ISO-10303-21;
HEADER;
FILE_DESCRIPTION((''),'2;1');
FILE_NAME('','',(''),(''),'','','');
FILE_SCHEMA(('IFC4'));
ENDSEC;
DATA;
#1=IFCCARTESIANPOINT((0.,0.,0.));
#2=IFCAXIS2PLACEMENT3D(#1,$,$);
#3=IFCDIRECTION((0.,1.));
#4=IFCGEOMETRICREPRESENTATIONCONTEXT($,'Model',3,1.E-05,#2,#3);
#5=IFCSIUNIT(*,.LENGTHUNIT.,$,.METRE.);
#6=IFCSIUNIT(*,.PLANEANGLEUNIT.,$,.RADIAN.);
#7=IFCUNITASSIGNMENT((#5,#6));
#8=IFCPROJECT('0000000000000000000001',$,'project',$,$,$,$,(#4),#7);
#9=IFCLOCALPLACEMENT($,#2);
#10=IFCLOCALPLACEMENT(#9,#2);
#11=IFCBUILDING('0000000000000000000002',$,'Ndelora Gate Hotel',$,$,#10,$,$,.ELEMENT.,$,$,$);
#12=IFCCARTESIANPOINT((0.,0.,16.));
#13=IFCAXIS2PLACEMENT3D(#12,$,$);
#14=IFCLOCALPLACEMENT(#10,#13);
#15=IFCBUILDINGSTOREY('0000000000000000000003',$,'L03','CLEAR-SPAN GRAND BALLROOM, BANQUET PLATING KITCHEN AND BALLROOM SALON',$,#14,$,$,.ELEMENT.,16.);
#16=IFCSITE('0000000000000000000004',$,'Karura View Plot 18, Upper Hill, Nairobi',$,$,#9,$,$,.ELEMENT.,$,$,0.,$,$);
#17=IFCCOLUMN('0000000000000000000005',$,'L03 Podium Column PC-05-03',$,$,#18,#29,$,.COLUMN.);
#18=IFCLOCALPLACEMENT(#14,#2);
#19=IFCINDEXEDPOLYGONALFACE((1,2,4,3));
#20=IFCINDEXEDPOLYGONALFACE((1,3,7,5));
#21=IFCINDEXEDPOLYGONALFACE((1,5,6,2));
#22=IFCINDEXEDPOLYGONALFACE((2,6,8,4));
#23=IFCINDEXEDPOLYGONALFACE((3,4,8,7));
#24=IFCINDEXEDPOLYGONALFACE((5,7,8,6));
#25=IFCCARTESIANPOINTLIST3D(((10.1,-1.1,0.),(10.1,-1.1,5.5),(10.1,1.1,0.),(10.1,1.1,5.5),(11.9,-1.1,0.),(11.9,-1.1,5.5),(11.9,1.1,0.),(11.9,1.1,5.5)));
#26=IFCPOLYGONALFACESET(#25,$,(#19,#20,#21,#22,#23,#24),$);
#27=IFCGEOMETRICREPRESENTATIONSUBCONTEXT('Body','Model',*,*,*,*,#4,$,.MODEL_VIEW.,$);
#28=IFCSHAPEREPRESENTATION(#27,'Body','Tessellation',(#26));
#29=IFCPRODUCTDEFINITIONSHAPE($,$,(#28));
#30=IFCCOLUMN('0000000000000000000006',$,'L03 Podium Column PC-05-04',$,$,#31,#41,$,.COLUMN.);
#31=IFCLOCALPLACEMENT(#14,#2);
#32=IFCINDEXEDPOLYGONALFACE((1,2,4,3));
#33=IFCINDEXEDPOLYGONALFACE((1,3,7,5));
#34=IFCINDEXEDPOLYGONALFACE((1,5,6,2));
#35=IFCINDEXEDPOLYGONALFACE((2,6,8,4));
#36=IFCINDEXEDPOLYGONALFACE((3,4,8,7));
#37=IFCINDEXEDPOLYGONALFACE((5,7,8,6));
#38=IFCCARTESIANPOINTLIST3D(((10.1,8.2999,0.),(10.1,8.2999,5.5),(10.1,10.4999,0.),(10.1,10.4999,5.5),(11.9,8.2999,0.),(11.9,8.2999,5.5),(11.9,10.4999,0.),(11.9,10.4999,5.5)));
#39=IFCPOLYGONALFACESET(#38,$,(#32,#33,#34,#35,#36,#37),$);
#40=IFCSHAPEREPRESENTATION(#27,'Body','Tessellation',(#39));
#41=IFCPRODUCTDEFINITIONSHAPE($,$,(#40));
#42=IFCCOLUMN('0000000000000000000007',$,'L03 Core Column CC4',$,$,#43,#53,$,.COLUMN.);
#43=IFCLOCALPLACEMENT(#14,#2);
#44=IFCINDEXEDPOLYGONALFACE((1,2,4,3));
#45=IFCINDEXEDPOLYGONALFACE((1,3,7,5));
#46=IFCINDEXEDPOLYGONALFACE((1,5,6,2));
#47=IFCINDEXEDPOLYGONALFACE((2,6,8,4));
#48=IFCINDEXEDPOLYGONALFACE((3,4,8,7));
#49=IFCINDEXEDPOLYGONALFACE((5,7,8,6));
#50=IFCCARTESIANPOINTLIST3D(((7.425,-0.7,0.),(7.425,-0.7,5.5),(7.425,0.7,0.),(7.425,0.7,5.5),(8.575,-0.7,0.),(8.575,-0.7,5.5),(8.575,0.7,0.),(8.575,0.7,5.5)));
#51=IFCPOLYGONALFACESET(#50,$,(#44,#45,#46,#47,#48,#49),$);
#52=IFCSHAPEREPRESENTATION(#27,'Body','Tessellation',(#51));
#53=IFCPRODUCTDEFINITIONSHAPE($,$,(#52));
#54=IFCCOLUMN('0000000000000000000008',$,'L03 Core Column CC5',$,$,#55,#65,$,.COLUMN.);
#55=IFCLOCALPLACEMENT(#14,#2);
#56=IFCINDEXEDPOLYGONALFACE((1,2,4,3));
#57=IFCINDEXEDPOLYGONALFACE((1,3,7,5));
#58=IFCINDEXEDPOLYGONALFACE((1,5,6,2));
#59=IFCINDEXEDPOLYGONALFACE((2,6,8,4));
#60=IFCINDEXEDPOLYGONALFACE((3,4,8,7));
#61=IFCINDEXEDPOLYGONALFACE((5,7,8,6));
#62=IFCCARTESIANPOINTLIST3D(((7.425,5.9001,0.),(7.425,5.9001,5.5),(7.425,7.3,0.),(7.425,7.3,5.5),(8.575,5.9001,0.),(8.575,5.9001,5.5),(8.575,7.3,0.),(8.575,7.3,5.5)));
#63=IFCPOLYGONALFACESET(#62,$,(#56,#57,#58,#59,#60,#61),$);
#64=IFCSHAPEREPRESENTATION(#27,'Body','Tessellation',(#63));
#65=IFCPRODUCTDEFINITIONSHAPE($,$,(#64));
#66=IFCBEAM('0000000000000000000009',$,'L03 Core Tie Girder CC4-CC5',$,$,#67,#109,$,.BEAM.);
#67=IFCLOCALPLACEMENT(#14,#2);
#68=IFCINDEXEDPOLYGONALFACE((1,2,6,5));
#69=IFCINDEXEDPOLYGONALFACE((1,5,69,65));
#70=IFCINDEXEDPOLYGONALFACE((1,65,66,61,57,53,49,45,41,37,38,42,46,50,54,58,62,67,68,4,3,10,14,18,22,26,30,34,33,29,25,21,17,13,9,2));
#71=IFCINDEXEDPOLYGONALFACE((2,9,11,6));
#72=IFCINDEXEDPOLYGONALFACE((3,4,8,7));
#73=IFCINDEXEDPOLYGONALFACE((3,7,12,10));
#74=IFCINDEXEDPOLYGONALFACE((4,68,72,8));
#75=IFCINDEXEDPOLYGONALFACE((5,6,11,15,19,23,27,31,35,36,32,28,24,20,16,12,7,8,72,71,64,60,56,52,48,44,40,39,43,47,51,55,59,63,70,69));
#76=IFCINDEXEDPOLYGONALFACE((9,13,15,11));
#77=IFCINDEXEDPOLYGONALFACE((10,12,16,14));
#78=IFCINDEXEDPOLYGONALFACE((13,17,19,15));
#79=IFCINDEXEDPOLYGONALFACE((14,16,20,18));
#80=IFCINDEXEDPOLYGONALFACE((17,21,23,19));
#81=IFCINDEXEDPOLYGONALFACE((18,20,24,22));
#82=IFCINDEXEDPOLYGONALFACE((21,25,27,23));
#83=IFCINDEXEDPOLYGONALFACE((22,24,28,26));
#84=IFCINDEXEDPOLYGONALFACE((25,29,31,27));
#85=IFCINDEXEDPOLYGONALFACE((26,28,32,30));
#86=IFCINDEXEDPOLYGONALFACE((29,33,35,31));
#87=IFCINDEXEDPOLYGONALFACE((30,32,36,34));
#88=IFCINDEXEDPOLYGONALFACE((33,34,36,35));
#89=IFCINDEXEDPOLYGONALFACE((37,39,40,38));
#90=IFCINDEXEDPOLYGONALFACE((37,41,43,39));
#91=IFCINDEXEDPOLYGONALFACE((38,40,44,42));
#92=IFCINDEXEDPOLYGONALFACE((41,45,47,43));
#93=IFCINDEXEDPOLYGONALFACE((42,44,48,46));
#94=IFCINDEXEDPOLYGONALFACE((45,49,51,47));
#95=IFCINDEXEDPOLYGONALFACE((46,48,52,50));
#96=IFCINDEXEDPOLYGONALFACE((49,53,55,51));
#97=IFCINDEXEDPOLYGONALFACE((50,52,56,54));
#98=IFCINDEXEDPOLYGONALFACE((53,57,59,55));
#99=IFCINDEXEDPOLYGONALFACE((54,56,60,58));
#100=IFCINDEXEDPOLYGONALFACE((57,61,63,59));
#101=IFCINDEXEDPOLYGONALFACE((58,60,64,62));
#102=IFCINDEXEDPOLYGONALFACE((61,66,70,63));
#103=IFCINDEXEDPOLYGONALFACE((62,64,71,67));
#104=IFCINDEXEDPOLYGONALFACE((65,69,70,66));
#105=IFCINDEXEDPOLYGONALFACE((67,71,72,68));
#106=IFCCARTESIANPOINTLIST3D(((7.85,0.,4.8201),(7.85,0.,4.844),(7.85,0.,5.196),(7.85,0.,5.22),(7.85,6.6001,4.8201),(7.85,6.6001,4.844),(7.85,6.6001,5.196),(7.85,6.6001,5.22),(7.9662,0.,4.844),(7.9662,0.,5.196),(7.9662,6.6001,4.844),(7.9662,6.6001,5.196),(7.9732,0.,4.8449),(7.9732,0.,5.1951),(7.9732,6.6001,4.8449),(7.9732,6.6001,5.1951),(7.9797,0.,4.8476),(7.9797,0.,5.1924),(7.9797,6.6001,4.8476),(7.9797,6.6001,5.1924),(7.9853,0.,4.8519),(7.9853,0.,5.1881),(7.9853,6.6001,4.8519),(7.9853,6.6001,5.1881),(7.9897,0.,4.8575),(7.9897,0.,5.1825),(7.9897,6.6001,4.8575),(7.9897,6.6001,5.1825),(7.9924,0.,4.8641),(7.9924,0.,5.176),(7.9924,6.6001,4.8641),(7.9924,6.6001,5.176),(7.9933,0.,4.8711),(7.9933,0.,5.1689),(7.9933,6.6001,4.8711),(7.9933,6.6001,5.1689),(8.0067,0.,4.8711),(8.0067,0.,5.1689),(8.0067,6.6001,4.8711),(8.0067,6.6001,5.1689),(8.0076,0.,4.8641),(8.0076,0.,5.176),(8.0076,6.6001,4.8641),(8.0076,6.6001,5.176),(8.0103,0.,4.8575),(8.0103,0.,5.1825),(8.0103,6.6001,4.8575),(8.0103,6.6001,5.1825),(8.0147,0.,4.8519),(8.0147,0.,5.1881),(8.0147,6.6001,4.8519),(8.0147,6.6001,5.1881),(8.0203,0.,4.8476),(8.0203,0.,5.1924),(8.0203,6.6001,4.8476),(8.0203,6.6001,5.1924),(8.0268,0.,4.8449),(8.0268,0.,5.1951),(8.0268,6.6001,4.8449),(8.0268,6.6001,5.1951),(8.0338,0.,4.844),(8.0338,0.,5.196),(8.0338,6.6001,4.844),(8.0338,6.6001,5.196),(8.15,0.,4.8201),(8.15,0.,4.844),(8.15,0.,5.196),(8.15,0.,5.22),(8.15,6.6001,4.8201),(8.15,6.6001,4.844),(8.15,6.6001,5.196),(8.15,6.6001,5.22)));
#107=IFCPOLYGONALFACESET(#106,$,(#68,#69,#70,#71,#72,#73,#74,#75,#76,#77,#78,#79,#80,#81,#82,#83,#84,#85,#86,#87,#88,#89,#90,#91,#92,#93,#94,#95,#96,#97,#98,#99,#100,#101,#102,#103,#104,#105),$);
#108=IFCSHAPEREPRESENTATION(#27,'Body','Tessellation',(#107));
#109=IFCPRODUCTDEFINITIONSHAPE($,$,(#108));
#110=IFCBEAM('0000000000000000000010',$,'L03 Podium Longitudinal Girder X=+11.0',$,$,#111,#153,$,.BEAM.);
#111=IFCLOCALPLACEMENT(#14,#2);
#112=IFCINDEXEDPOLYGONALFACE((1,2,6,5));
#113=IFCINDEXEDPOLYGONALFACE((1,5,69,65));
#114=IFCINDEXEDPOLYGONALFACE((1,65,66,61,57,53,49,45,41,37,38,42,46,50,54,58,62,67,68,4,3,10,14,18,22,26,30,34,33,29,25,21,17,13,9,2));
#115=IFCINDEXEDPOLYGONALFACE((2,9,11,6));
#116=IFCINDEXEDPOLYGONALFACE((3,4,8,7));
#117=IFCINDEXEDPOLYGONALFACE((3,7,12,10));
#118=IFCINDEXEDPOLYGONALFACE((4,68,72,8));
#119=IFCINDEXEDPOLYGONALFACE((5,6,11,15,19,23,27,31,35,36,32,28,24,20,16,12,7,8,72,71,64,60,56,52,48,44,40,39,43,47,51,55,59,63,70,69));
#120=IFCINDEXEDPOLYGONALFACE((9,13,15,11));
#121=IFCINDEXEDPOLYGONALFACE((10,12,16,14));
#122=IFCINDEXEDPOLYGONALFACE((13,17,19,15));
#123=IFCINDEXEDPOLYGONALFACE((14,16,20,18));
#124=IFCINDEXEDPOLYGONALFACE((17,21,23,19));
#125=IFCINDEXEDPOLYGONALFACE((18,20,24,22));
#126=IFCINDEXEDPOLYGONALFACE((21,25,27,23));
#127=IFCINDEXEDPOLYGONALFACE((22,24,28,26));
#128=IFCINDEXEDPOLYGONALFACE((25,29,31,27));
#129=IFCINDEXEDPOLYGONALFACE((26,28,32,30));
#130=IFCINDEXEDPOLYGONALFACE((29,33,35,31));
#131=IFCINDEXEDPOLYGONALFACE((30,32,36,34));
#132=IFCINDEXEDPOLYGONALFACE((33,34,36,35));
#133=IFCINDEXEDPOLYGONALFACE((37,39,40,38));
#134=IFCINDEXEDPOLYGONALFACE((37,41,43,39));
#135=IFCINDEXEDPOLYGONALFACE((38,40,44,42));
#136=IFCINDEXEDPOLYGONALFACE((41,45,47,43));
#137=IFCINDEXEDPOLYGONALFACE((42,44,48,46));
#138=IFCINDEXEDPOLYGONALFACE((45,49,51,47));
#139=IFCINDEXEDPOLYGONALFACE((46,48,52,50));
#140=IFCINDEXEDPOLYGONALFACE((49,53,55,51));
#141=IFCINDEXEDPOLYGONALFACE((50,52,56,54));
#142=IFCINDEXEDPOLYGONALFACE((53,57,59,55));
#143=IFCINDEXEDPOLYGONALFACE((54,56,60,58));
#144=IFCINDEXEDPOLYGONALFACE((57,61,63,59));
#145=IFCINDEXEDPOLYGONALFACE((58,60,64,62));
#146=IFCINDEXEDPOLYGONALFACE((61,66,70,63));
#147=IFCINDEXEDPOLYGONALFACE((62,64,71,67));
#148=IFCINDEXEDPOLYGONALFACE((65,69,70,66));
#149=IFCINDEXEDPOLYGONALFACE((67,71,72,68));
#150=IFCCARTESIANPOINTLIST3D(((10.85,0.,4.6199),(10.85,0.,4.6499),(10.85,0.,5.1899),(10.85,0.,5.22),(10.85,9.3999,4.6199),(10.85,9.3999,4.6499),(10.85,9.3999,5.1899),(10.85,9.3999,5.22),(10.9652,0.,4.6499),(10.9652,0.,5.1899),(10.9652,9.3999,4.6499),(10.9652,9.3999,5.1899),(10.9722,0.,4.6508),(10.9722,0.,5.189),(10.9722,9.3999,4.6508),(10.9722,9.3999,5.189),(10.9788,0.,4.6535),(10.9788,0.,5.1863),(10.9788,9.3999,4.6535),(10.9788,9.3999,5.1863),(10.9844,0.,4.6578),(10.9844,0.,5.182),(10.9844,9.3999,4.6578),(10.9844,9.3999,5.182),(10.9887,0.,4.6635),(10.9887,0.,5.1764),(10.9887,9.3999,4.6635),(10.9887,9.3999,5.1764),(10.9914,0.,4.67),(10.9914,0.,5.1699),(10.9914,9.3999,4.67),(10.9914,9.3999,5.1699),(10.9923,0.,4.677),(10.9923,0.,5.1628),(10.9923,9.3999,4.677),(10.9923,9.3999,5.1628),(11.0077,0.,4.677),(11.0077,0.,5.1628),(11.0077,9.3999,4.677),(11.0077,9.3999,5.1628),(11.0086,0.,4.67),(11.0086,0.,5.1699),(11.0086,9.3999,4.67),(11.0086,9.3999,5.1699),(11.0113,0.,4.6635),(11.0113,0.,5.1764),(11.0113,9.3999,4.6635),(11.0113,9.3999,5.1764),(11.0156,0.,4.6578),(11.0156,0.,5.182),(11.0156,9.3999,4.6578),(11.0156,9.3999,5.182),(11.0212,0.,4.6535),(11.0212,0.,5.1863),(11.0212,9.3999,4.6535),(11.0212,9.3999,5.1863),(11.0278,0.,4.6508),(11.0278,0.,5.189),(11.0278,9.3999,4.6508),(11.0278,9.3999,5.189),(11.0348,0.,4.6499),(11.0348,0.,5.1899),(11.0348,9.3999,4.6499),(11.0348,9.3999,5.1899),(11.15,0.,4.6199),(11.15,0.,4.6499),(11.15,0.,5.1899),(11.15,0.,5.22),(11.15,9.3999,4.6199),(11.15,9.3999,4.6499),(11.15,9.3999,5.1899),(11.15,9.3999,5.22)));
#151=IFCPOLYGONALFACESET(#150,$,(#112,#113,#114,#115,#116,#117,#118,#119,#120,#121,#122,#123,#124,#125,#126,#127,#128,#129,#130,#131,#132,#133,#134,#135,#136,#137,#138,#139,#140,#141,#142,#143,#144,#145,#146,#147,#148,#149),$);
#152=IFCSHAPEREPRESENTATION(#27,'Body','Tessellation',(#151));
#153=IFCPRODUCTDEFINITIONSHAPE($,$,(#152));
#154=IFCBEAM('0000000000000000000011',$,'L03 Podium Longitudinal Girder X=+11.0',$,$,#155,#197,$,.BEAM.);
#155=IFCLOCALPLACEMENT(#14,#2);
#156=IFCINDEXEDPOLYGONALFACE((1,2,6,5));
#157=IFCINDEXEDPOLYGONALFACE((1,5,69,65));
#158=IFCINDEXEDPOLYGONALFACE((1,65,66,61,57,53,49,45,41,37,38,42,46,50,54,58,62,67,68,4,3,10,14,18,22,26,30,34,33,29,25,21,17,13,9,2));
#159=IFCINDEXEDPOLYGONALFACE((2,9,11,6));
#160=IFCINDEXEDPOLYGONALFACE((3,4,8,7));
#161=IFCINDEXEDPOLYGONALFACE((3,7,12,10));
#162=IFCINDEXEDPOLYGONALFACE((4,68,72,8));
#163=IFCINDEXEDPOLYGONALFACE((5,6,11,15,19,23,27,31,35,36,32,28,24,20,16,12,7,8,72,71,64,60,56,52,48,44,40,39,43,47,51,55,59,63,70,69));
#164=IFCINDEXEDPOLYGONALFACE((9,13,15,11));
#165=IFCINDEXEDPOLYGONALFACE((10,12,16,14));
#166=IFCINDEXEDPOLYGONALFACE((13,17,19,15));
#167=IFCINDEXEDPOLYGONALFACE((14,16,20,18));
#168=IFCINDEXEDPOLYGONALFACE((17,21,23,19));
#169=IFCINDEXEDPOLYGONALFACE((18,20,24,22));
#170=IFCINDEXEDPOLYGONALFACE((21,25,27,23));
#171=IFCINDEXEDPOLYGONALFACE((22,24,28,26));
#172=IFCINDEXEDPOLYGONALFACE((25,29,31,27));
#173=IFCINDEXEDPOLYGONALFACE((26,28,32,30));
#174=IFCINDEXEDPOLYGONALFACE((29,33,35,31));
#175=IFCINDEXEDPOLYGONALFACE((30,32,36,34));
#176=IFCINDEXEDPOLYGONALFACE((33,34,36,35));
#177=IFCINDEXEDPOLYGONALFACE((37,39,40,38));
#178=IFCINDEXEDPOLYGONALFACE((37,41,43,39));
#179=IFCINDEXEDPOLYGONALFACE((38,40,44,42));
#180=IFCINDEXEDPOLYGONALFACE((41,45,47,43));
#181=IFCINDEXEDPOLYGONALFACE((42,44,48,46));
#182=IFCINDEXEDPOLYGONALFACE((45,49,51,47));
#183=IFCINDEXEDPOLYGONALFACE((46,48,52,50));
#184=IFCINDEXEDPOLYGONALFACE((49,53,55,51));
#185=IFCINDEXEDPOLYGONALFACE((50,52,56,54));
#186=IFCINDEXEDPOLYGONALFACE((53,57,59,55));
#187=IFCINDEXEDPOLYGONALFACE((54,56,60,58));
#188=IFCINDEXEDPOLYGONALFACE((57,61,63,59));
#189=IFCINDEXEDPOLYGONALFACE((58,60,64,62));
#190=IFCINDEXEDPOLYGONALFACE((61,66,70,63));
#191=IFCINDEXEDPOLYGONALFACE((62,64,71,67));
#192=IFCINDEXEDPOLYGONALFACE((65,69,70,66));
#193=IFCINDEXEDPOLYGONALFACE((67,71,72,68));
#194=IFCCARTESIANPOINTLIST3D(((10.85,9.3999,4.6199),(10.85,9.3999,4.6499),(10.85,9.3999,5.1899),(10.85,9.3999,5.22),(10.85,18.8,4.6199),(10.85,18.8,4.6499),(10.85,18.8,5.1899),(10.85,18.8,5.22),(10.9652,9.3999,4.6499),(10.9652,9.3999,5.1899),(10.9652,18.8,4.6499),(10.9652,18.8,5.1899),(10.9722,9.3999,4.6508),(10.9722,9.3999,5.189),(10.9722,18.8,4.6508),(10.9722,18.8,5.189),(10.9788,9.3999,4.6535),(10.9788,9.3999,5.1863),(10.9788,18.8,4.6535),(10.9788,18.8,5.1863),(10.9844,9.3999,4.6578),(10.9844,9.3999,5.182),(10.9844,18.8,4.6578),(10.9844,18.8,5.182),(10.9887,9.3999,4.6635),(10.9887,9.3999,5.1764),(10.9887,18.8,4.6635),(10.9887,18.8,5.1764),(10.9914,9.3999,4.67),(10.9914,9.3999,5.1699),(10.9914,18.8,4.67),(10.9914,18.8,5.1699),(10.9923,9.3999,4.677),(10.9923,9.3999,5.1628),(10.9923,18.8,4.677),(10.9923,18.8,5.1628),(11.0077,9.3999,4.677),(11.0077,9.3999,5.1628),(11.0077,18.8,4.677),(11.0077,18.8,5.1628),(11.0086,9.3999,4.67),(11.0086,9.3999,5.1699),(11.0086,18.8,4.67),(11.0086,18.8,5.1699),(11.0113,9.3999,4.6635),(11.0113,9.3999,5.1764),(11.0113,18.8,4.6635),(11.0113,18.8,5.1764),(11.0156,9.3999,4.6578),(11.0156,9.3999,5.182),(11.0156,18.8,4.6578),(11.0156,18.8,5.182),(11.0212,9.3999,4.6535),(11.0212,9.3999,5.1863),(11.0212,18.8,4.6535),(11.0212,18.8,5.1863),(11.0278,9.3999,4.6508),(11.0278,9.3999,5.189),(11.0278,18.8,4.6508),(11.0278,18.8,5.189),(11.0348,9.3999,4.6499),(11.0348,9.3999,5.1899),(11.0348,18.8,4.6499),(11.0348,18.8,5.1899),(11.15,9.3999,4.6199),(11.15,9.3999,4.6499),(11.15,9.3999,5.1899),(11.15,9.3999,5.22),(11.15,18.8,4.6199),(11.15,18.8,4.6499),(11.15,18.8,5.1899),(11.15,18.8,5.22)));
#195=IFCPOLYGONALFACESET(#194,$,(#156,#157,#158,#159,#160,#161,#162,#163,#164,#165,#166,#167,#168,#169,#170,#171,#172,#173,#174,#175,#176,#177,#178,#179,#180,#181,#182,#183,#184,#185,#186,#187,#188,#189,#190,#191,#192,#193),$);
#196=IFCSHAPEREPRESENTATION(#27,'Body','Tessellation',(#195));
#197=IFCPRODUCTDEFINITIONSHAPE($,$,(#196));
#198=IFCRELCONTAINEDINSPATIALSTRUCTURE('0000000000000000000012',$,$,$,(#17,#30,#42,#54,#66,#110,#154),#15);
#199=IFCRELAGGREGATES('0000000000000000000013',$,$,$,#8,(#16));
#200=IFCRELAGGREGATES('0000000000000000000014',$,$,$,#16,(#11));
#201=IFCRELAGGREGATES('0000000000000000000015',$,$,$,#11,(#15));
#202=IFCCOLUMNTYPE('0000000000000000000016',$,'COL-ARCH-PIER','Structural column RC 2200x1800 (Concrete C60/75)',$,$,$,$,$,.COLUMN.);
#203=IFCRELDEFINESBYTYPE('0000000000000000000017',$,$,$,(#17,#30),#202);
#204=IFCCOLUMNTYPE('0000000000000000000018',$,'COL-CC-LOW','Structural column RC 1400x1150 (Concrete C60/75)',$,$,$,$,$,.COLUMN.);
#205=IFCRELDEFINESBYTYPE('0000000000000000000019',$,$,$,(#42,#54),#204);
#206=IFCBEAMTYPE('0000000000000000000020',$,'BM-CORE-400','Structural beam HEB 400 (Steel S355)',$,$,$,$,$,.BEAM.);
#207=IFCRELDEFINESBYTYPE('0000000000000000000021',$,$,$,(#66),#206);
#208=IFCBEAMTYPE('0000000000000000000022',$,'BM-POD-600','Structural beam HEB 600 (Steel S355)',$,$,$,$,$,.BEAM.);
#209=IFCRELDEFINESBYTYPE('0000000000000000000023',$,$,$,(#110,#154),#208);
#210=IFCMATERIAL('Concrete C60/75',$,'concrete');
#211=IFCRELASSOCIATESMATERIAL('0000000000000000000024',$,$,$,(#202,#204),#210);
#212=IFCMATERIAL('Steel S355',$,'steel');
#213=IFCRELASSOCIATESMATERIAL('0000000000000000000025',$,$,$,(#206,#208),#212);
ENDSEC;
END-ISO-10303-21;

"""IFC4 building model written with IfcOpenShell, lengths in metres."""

from ifc_helpers import new_model, si_unit, direction, frame, origin, origin_2d, place, context, subcontext, project, spatial, rectangle, i_section, extrude, material, material_profile, profile_set, type_object, element, save


model = new_model("IFC4")

# Units and contexts
model_context = context("Model", 3, precision=1e-05, world=origin(), true_north=direction((0.0, 1.0)))
body_context = subcontext(model_context, "Body", "Model", "MODEL_VIEW")
ifc_project = project(units=[si_unit("LENGTHUNIT", "METRE"), si_unit("PLANEANGLEUNIT", "RADIAN")], contexts=[model_context])

# Site, building, storey
site_placement = place(None, origin())
site = spatial("IfcSite", under=ifc_project, at=site_placement, Name="Karura View Plot 18, Upper Hill, Nairobi", CompositionType="ELEMENT", RefElevation=0.0)
building_placement = place(site_placement, origin())
building = spatial("IfcBuilding", under=site, at=building_placement, Name="Ndelora Gate Hotel", CompositionType="ELEMENT")
storey_placement = place(building_placement, frame((0.0, 0.0, 16.0)))
storey = spatial("IfcBuildingStorey", under=building, at=storey_placement, Name="L03", Description="CLEAR-SPAN GRAND BALLROOM, BANQUET PLATING KITCHEN AND BALLROOM SALON", CompositionType="ELEMENT", Elevation=16.0)

# Columns
ifc_material_1 = material(Name="Concrete C60/75", Category="concrete")
ifc_material_profile_1 = material_profile(ifc_material_1, rectangle(XDim=1.8, YDim=2.2, at=origin_2d()), Name="RC 2200x1800")
ifc_profile_set_1 = profile_set([ifc_material_profile_1], Name="Concrete C60/75")
column_type_1 = type_object("IfcColumnType", Name="COL-ARCH-PIER", Description="Structural column RC 2200x1800 (Concrete C60/75)", PredefinedType="COLUMN", material=ifc_profile_set_1)
for number, where, z_axis, x_axis, name in (
    (1, (11.0, 0.0, 0.0), (0.0, 0.0, 1.0), (1.0, 0.0, 0.0), "L03 Podium Column PC-05-03"),
    (2, (11.0, 9.3999, 0.0), (0.0, 0.0, 1.0), (1.0, 0.0, 0.0), "L03 Podium Column PC-05-04"),
):
    element("IfcColumn", number, at=place(storey_placement, frame(where, z_axis=z_axis, x_axis=x_axis)), inside=storey, type_object=column_type_1, Name=name, PredefinedType="COLUMN", context=body_context, shape_type="SweptSolid", body=[
        extrude(rectangle(XDim=1.8, YDim=2.2, at=origin_2d()), origin(), (0.0, 0.0, 1.0), 5.5),
    ])
ifc_material_profile_2 = material_profile(ifc_material_1, rectangle(XDim=1.1499, YDim=1.3999, at=origin_2d()), Name="RC 1400x1150")
ifc_profile_set_2 = profile_set([ifc_material_profile_2], Name="Concrete C60/75")
column_type_2 = type_object("IfcColumnType", Name="COL-CC-LOW", Description="Structural column RC 1400x1150 (Concrete C60/75)", PredefinedType="COLUMN", material=ifc_profile_set_2)
for number, where, z_axis, x_axis, name in (
    (3, (8.0, 0.0, 0.0), (0.0, 0.0, 1.0), (1.0, 0.0, 0.0), "L03 Core Column CC4"),
    (4, (8.0, 6.6001, 0.0), (0.0, 0.0, 1.0), (1.0, 0.0, 0.0), "L03 Core Column CC5"),
):
    element("IfcColumn", number, at=place(storey_placement, frame(where, z_axis=z_axis, x_axis=x_axis)), inside=storey, type_object=column_type_2, Name=name, PredefinedType="COLUMN", context=body_context, shape_type="SweptSolid", body=[
        extrude(rectangle(XDim=1.1499, YDim=1.3999, at=origin_2d()), origin(), (0.0, 0.0, 1.0), 5.5),
    ])

# Beams
ifc_material_2 = material(Name="Steel S355", Category="steel")
ifc_material_profile_3 = material_profile(ifc_material_2, i_section(OverallWidth=0.3, OverallDepth=0.3999, WebThickness=0.0134, FlangeThickness=0.0239, FilletRadius=0.0271, at=origin_2d()), Name="HEB 400")
ifc_profile_set_3 = profile_set([ifc_material_profile_3], Name="Steel S355")
beam_type_1 = type_object("IfcBeamType", Name="BM-CORE-400", Description="Structural beam HEB 400 (Steel S355)", PredefinedType="BEAM", material=ifc_profile_set_3)
beam_1_placement = place(storey_placement, frame((8.0, 0.0, 5.02), z_axis=(0.0, 1.0, 0.0), x_axis=(-1.0, 0.0, 0.0)))
element("IfcBeam", 5, at=beam_1_placement, inside=storey, type_object=beam_type_1, Name="L03 Core Tie Girder CC4-CC5", PredefinedType="BEAM", context=body_context, shape_type="SweptSolid", body=[
    extrude(i_section(OverallWidth=0.3, OverallDepth=0.3999, WebThickness=0.0134, FlangeThickness=0.0239, FilletRadius=0.0271, at=origin_2d()), origin(), (0.0, 0.0, 1.0), 6.6001),
])
ifc_material_profile_4 = material_profile(ifc_material_2, i_section(OverallWidth=0.3, OverallDepth=0.6001, WebThickness=0.0154, FlangeThickness=0.03, FilletRadius=0.0271, at=origin_2d()), Name="HEB 600")
ifc_profile_set_4 = profile_set([ifc_material_profile_4], Name="Steel S355")
beam_type_2 = type_object("IfcBeamType", Name="BM-POD-600", Description="Structural beam HEB 600 (Steel S355)", PredefinedType="BEAM", material=ifc_profile_set_4)
beam_2_placement = place(storey_placement, frame((11.0, 0.0, 4.9199), z_axis=(0.0, 1.0, 0.0), x_axis=(-1.0, 0.0, 0.0)))
element("IfcBeam", 6, at=beam_2_placement, inside=storey, type_object=beam_type_2, Name="L03 Podium Longitudinal Girder X=+11.0", PredefinedType="BEAM", context=body_context, shape_type="SweptSolid", body=[
    extrude(i_section(OverallWidth=0.3, OverallDepth=0.6001, WebThickness=0.0154, FlangeThickness=0.03, FilletRadius=0.0271, at=origin_2d()), origin(), (0.0, 0.0, 1.0), 9.3999),
])
beam_3_placement = place(storey_placement, frame((11.0, 9.3999, 4.9199), z_axis=(0.0, 1.0, 0.0), x_axis=(-1.0, 0.0, 0.0)))
element("IfcBeam", 7, at=beam_3_placement, inside=storey, type_object=beam_type_2, Name="L03 Podium Longitudinal Girder X=+11.0", PredefinedType="BEAM", context=body_context, shape_type="SweptSolid", body=[
    extrude(i_section(OverallWidth=0.3, OverallDepth=0.6001, WebThickness=0.0154, FlangeThickness=0.03, FilletRadius=0.0271, at=origin_2d()), origin(), (0.0, 0.0, 1.0), 9.4001),
])

save(model, "model.ifc")
